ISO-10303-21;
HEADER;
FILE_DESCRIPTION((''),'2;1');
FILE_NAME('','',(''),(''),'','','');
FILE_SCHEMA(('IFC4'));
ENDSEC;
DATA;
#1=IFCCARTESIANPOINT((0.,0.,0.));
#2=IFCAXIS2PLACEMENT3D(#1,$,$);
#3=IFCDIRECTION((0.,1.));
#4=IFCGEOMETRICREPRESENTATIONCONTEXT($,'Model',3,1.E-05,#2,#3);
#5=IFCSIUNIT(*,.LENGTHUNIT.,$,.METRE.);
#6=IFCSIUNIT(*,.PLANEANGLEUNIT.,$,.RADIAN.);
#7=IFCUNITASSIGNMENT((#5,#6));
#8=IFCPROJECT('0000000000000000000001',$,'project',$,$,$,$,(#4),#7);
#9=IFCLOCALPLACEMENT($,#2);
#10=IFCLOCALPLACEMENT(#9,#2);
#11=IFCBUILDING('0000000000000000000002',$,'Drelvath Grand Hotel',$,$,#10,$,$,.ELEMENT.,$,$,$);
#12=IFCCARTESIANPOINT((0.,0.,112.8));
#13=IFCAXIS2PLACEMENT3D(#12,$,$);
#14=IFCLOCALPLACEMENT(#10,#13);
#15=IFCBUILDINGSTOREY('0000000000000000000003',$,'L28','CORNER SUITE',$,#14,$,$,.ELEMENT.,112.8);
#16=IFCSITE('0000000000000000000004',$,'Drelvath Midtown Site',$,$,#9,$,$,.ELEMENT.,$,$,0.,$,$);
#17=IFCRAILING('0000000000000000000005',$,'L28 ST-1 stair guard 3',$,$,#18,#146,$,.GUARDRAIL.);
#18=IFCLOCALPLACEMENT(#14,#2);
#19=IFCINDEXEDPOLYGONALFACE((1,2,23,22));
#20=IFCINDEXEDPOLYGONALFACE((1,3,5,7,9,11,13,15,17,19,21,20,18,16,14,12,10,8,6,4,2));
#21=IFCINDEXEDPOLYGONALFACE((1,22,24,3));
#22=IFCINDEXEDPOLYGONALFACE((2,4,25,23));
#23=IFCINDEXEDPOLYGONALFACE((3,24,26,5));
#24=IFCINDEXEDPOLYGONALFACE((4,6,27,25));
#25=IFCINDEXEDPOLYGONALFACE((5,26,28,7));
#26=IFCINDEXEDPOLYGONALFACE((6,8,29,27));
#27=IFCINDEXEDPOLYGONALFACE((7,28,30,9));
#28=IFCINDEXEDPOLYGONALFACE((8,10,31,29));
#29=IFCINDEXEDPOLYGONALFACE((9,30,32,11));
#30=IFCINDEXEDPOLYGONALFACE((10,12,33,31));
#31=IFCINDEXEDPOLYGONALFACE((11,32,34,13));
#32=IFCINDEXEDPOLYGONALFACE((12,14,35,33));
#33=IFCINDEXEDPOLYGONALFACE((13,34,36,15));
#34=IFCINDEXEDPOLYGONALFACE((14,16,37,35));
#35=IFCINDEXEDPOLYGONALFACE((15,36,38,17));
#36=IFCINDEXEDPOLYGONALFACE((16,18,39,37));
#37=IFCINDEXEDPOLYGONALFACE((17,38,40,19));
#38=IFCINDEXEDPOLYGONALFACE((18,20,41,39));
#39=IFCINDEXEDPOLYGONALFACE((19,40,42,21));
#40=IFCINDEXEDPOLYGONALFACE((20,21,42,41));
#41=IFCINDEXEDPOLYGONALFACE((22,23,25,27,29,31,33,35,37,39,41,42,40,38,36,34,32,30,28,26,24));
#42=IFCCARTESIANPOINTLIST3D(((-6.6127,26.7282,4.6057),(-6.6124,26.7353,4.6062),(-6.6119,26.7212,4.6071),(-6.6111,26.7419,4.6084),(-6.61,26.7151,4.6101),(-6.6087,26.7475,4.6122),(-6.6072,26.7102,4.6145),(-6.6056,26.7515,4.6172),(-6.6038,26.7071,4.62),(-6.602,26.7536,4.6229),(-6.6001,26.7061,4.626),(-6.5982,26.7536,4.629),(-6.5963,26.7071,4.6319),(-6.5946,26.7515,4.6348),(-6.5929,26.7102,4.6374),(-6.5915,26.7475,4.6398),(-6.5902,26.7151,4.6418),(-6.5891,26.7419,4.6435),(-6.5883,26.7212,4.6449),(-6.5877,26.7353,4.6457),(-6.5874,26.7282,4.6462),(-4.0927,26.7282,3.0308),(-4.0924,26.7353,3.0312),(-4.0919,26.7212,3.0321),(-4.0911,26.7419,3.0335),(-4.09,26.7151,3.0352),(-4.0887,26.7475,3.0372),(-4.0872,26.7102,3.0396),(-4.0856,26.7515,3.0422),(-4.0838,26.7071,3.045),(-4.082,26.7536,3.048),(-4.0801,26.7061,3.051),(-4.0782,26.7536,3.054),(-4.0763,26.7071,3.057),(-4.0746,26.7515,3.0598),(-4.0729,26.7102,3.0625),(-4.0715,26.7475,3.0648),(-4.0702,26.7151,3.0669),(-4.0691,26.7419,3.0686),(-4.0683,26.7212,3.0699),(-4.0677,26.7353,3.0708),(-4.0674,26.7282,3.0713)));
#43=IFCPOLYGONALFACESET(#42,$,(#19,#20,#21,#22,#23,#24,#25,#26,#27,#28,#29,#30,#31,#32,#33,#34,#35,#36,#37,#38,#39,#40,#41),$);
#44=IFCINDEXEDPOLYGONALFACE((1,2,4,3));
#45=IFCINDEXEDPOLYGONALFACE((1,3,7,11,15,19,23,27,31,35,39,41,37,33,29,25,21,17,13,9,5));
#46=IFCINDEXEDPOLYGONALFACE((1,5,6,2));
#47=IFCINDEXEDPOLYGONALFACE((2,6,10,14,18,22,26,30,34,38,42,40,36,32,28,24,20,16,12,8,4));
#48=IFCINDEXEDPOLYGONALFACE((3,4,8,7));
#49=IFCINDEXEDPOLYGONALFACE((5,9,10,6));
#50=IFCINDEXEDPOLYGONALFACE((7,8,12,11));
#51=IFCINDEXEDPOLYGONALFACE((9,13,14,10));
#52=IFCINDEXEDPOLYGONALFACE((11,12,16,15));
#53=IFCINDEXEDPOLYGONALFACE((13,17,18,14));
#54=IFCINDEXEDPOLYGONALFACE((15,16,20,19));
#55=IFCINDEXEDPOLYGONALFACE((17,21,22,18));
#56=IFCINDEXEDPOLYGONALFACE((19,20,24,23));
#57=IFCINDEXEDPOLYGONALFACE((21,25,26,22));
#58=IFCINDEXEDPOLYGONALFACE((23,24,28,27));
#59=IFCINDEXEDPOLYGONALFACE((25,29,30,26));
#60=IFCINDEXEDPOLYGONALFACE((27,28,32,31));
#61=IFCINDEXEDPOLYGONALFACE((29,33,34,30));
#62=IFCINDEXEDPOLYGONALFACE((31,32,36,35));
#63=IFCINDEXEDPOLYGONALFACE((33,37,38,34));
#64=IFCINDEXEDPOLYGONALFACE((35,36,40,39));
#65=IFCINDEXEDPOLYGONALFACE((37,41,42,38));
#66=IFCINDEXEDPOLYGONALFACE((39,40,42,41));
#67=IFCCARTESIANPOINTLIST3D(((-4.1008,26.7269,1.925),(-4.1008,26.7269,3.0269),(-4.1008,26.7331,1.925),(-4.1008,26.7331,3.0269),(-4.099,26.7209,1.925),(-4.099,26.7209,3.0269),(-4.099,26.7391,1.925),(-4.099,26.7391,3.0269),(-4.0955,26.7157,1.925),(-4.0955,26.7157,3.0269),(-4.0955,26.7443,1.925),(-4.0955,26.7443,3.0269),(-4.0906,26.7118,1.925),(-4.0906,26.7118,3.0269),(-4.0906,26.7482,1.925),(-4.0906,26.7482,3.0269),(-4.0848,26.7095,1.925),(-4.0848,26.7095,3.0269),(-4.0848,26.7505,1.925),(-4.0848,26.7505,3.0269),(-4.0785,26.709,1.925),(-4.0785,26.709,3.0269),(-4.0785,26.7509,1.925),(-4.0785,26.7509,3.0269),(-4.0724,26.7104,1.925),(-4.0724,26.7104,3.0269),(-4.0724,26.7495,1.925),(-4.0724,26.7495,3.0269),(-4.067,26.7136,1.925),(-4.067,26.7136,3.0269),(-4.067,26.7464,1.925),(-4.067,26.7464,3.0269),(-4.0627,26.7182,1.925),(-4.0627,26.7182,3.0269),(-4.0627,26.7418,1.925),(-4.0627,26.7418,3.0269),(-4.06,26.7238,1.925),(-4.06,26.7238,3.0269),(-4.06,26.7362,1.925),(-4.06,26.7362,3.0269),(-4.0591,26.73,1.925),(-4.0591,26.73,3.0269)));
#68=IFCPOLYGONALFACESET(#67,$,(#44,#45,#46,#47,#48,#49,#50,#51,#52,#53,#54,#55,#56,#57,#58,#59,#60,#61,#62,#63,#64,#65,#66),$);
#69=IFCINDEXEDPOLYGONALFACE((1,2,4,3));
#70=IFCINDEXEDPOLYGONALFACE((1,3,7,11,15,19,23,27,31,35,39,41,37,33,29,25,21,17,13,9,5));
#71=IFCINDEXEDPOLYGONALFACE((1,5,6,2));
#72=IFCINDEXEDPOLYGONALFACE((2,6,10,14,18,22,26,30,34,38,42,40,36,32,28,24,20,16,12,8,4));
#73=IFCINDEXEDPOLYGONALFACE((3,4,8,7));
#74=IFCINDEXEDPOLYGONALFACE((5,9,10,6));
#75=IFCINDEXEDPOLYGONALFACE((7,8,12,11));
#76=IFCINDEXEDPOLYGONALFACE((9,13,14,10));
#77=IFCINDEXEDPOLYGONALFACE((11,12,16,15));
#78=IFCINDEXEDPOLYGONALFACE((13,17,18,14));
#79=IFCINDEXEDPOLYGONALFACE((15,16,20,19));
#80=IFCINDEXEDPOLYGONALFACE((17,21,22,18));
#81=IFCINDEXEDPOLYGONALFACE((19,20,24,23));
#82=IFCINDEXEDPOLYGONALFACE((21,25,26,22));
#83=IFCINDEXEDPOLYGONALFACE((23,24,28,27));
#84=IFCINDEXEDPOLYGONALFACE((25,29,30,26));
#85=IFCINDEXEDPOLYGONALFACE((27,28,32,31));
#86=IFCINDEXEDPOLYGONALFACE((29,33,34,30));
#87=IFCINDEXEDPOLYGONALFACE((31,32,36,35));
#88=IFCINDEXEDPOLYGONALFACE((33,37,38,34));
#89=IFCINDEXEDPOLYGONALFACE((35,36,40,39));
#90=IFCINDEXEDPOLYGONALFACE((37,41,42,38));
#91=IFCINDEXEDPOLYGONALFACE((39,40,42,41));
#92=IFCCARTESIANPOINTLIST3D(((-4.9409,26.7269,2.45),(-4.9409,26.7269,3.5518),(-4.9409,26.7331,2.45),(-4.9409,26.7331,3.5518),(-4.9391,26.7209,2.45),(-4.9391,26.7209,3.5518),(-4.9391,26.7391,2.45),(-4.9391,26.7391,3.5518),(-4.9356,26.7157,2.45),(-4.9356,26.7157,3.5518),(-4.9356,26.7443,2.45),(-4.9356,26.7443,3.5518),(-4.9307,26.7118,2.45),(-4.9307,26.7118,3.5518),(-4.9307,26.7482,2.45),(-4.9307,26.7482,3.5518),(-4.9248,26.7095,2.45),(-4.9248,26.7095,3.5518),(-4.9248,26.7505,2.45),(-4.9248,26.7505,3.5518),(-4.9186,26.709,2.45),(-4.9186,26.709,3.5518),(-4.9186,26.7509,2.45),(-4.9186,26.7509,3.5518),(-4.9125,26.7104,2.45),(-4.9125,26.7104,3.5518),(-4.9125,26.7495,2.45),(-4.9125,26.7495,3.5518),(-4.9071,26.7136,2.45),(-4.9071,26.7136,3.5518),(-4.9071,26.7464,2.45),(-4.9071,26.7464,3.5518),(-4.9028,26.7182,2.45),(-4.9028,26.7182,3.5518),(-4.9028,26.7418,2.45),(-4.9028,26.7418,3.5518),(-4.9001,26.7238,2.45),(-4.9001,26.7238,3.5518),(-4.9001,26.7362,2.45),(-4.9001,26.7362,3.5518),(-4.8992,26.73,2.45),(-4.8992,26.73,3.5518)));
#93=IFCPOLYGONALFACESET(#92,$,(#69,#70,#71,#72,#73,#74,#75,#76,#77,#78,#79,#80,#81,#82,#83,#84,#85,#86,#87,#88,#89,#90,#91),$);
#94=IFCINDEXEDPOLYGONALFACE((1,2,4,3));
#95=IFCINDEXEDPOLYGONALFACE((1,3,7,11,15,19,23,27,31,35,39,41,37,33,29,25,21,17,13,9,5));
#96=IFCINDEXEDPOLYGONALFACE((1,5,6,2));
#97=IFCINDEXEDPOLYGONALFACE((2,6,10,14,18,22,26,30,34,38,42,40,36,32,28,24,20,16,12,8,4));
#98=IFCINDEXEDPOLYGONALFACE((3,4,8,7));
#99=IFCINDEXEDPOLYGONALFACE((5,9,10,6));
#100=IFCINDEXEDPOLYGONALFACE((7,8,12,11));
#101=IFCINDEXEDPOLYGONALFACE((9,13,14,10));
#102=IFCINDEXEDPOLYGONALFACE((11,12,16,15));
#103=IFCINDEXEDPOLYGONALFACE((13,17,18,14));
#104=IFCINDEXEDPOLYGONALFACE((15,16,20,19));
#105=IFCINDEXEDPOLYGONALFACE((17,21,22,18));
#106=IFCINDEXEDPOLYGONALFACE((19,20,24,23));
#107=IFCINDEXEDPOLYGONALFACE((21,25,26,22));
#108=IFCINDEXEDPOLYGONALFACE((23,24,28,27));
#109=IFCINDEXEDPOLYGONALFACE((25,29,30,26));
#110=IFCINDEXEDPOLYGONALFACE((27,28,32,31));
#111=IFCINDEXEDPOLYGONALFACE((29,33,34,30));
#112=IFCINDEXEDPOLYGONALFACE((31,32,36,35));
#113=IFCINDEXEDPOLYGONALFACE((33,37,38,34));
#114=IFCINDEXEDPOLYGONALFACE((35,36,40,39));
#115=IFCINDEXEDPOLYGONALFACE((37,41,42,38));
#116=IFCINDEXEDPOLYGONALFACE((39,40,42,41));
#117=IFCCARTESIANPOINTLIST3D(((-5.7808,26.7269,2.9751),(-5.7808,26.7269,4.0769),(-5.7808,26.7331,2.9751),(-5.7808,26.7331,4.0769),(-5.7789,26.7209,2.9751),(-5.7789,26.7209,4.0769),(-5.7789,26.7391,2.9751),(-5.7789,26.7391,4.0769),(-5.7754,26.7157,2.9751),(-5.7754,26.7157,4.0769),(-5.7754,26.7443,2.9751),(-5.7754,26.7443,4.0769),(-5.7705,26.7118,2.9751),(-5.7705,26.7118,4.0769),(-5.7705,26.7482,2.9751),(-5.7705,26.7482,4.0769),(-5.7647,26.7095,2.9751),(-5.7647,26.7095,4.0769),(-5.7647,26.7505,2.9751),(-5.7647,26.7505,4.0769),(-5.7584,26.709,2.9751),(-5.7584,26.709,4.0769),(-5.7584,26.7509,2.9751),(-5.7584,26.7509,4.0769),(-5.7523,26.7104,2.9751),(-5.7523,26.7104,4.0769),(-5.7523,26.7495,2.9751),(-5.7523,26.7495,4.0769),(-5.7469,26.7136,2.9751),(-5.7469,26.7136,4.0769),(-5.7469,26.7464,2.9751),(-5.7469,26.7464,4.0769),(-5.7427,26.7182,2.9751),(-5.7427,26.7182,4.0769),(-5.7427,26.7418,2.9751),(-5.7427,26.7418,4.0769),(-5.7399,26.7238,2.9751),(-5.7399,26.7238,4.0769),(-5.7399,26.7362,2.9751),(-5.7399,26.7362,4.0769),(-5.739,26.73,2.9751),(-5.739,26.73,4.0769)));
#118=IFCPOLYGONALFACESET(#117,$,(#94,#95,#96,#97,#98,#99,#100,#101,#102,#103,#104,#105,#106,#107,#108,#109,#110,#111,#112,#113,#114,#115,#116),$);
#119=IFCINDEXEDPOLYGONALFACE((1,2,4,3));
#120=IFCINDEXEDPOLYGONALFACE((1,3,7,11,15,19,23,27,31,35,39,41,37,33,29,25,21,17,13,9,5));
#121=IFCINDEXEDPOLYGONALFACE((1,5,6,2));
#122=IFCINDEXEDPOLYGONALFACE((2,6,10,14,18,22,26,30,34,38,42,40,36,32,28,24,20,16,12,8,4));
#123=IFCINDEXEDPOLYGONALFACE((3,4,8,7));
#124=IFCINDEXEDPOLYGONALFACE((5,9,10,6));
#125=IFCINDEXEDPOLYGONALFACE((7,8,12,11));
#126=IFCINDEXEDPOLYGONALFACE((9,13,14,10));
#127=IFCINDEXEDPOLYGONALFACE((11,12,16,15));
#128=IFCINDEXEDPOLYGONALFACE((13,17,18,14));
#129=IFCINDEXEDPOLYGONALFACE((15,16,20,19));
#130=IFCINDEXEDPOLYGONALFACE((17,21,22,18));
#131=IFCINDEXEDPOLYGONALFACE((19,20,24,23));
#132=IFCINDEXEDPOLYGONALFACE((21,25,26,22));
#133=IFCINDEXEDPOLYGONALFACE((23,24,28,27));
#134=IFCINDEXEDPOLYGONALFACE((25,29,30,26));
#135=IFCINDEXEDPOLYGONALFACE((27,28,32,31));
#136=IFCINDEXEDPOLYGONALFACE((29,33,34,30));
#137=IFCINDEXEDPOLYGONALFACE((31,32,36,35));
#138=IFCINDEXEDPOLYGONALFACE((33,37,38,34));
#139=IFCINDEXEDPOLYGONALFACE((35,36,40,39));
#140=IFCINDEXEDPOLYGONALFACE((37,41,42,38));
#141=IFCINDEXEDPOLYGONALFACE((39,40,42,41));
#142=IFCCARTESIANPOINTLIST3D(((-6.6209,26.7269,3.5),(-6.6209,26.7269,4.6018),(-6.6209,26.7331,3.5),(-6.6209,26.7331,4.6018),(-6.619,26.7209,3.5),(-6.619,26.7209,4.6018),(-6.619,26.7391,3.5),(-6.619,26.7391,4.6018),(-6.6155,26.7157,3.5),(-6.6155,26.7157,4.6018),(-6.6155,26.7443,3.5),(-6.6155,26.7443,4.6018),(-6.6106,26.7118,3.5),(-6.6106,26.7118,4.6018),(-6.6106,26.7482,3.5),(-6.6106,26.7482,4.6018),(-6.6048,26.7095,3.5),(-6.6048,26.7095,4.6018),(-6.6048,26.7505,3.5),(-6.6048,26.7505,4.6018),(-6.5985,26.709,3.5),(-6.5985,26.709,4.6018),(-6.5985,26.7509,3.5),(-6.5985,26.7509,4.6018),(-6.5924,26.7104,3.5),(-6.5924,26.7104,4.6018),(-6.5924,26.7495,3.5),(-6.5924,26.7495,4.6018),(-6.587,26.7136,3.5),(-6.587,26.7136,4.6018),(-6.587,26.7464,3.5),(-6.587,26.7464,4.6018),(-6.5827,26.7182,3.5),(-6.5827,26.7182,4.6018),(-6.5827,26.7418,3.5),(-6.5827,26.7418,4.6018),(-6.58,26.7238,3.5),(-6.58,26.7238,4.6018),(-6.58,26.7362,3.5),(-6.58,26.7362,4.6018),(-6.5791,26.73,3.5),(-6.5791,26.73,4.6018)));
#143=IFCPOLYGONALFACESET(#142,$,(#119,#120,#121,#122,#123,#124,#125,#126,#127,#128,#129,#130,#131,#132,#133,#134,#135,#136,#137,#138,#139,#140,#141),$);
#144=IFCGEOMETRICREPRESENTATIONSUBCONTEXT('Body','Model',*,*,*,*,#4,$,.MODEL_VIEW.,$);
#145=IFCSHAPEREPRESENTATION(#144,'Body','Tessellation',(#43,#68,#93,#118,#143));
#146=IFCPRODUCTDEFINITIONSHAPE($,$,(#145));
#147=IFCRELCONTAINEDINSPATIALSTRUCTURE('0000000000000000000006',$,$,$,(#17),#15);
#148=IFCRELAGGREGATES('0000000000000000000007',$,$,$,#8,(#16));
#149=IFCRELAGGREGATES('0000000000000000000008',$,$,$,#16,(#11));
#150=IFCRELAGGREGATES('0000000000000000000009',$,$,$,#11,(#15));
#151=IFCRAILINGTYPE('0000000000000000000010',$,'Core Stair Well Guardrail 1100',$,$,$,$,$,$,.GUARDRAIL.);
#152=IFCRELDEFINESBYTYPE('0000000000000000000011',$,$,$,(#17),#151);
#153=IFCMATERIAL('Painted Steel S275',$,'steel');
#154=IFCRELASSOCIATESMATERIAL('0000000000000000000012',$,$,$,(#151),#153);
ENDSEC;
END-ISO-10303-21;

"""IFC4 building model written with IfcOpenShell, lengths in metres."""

from ifc_helpers import new_model, si_unit, direction, frame, origin, origin_2d, place, context, subcontext, project, spatial, circle, extrude, material, type_object, element, save


model = new_model("IFC4")

# Units and contexts
model_context = context("Model", 3, precision=1e-05, world=origin(), true_north=direction((0.0, 1.0)))
body_context = subcontext(model_context, "Body", "Model", "MODEL_VIEW")
ifc_project = project(units=[si_unit("LENGTHUNIT", "METRE"), si_unit("PLANEANGLEUNIT", "RADIAN")], contexts=[model_context])

# Site, building, storey
site_placement = place(None, origin())
site = spatial("IfcSite", under=ifc_project, at=site_placement, Name="Drelvath Midtown Site", CompositionType="ELEMENT", RefElevation=0.0)
building_placement = place(site_placement, origin())
building = spatial("IfcBuilding", under=site, at=building_placement, Name="Drelvath Grand Hotel", CompositionType="ELEMENT")
storey_placement = place(building_placement, frame((0.0, 0.0, 112.8)))
storey = spatial("IfcBuildingStorey", under=building, at=storey_placement, Name="L28", Description="CORNER SUITE", CompositionType="ELEMENT", Elevation=112.8)

# Shared definitions
ifc_material_1 = material(Name="Painted Steel S275", Category="steel")

# Railing
railing_type_1 = type_object("IfcRailingType", Name="Core Stair Well Guardrail 1100", PredefinedType="GUARDRAIL", material=ifc_material_1)
railing_1_placement = place(storey_placement, frame((-4.0801, 26.73, 1.925)))
element("IfcRailing", 1, at=railing_1_placement, inside=storey, type_object=railing_type_1, Name="L28 ST-1 stair guard 3", PredefinedType="GUARDRAIL", context=body_context, shape_type="SweptSolid", body=[
    extrude(circle(Radius=0.0239, at=origin_2d()), frame((0.0, 0.0, 1.126), z_axis=(-0.848008, 0.0, 0.529984), x_axis=(0.0, -1.0, 0.0)), (0.0, 0.0, 1.0), 2.9717),
    extrude(circle(Radius=0.021, at=origin_2d()), origin(), (0.0, 0.0, 1.0), 1.1018),
    extrude(circle(Radius=0.021, at=origin_2d()), frame((-0.8401, 0.0, 0.5249)), (0.0, 0.0, 1.0), 1.1018),
    extrude(circle(Radius=0.021, at=origin_2d()), frame((-1.6799, 0.0, 1.05)), (0.0, 0.0, 1.0), 1.1018),
    extrude(circle(Radius=0.021, at=origin_2d()), frame((-2.52, 0.0, 1.575)), (0.0, 0.0, 1.0), 1.1018),
])

save(model, "model.ifc")
